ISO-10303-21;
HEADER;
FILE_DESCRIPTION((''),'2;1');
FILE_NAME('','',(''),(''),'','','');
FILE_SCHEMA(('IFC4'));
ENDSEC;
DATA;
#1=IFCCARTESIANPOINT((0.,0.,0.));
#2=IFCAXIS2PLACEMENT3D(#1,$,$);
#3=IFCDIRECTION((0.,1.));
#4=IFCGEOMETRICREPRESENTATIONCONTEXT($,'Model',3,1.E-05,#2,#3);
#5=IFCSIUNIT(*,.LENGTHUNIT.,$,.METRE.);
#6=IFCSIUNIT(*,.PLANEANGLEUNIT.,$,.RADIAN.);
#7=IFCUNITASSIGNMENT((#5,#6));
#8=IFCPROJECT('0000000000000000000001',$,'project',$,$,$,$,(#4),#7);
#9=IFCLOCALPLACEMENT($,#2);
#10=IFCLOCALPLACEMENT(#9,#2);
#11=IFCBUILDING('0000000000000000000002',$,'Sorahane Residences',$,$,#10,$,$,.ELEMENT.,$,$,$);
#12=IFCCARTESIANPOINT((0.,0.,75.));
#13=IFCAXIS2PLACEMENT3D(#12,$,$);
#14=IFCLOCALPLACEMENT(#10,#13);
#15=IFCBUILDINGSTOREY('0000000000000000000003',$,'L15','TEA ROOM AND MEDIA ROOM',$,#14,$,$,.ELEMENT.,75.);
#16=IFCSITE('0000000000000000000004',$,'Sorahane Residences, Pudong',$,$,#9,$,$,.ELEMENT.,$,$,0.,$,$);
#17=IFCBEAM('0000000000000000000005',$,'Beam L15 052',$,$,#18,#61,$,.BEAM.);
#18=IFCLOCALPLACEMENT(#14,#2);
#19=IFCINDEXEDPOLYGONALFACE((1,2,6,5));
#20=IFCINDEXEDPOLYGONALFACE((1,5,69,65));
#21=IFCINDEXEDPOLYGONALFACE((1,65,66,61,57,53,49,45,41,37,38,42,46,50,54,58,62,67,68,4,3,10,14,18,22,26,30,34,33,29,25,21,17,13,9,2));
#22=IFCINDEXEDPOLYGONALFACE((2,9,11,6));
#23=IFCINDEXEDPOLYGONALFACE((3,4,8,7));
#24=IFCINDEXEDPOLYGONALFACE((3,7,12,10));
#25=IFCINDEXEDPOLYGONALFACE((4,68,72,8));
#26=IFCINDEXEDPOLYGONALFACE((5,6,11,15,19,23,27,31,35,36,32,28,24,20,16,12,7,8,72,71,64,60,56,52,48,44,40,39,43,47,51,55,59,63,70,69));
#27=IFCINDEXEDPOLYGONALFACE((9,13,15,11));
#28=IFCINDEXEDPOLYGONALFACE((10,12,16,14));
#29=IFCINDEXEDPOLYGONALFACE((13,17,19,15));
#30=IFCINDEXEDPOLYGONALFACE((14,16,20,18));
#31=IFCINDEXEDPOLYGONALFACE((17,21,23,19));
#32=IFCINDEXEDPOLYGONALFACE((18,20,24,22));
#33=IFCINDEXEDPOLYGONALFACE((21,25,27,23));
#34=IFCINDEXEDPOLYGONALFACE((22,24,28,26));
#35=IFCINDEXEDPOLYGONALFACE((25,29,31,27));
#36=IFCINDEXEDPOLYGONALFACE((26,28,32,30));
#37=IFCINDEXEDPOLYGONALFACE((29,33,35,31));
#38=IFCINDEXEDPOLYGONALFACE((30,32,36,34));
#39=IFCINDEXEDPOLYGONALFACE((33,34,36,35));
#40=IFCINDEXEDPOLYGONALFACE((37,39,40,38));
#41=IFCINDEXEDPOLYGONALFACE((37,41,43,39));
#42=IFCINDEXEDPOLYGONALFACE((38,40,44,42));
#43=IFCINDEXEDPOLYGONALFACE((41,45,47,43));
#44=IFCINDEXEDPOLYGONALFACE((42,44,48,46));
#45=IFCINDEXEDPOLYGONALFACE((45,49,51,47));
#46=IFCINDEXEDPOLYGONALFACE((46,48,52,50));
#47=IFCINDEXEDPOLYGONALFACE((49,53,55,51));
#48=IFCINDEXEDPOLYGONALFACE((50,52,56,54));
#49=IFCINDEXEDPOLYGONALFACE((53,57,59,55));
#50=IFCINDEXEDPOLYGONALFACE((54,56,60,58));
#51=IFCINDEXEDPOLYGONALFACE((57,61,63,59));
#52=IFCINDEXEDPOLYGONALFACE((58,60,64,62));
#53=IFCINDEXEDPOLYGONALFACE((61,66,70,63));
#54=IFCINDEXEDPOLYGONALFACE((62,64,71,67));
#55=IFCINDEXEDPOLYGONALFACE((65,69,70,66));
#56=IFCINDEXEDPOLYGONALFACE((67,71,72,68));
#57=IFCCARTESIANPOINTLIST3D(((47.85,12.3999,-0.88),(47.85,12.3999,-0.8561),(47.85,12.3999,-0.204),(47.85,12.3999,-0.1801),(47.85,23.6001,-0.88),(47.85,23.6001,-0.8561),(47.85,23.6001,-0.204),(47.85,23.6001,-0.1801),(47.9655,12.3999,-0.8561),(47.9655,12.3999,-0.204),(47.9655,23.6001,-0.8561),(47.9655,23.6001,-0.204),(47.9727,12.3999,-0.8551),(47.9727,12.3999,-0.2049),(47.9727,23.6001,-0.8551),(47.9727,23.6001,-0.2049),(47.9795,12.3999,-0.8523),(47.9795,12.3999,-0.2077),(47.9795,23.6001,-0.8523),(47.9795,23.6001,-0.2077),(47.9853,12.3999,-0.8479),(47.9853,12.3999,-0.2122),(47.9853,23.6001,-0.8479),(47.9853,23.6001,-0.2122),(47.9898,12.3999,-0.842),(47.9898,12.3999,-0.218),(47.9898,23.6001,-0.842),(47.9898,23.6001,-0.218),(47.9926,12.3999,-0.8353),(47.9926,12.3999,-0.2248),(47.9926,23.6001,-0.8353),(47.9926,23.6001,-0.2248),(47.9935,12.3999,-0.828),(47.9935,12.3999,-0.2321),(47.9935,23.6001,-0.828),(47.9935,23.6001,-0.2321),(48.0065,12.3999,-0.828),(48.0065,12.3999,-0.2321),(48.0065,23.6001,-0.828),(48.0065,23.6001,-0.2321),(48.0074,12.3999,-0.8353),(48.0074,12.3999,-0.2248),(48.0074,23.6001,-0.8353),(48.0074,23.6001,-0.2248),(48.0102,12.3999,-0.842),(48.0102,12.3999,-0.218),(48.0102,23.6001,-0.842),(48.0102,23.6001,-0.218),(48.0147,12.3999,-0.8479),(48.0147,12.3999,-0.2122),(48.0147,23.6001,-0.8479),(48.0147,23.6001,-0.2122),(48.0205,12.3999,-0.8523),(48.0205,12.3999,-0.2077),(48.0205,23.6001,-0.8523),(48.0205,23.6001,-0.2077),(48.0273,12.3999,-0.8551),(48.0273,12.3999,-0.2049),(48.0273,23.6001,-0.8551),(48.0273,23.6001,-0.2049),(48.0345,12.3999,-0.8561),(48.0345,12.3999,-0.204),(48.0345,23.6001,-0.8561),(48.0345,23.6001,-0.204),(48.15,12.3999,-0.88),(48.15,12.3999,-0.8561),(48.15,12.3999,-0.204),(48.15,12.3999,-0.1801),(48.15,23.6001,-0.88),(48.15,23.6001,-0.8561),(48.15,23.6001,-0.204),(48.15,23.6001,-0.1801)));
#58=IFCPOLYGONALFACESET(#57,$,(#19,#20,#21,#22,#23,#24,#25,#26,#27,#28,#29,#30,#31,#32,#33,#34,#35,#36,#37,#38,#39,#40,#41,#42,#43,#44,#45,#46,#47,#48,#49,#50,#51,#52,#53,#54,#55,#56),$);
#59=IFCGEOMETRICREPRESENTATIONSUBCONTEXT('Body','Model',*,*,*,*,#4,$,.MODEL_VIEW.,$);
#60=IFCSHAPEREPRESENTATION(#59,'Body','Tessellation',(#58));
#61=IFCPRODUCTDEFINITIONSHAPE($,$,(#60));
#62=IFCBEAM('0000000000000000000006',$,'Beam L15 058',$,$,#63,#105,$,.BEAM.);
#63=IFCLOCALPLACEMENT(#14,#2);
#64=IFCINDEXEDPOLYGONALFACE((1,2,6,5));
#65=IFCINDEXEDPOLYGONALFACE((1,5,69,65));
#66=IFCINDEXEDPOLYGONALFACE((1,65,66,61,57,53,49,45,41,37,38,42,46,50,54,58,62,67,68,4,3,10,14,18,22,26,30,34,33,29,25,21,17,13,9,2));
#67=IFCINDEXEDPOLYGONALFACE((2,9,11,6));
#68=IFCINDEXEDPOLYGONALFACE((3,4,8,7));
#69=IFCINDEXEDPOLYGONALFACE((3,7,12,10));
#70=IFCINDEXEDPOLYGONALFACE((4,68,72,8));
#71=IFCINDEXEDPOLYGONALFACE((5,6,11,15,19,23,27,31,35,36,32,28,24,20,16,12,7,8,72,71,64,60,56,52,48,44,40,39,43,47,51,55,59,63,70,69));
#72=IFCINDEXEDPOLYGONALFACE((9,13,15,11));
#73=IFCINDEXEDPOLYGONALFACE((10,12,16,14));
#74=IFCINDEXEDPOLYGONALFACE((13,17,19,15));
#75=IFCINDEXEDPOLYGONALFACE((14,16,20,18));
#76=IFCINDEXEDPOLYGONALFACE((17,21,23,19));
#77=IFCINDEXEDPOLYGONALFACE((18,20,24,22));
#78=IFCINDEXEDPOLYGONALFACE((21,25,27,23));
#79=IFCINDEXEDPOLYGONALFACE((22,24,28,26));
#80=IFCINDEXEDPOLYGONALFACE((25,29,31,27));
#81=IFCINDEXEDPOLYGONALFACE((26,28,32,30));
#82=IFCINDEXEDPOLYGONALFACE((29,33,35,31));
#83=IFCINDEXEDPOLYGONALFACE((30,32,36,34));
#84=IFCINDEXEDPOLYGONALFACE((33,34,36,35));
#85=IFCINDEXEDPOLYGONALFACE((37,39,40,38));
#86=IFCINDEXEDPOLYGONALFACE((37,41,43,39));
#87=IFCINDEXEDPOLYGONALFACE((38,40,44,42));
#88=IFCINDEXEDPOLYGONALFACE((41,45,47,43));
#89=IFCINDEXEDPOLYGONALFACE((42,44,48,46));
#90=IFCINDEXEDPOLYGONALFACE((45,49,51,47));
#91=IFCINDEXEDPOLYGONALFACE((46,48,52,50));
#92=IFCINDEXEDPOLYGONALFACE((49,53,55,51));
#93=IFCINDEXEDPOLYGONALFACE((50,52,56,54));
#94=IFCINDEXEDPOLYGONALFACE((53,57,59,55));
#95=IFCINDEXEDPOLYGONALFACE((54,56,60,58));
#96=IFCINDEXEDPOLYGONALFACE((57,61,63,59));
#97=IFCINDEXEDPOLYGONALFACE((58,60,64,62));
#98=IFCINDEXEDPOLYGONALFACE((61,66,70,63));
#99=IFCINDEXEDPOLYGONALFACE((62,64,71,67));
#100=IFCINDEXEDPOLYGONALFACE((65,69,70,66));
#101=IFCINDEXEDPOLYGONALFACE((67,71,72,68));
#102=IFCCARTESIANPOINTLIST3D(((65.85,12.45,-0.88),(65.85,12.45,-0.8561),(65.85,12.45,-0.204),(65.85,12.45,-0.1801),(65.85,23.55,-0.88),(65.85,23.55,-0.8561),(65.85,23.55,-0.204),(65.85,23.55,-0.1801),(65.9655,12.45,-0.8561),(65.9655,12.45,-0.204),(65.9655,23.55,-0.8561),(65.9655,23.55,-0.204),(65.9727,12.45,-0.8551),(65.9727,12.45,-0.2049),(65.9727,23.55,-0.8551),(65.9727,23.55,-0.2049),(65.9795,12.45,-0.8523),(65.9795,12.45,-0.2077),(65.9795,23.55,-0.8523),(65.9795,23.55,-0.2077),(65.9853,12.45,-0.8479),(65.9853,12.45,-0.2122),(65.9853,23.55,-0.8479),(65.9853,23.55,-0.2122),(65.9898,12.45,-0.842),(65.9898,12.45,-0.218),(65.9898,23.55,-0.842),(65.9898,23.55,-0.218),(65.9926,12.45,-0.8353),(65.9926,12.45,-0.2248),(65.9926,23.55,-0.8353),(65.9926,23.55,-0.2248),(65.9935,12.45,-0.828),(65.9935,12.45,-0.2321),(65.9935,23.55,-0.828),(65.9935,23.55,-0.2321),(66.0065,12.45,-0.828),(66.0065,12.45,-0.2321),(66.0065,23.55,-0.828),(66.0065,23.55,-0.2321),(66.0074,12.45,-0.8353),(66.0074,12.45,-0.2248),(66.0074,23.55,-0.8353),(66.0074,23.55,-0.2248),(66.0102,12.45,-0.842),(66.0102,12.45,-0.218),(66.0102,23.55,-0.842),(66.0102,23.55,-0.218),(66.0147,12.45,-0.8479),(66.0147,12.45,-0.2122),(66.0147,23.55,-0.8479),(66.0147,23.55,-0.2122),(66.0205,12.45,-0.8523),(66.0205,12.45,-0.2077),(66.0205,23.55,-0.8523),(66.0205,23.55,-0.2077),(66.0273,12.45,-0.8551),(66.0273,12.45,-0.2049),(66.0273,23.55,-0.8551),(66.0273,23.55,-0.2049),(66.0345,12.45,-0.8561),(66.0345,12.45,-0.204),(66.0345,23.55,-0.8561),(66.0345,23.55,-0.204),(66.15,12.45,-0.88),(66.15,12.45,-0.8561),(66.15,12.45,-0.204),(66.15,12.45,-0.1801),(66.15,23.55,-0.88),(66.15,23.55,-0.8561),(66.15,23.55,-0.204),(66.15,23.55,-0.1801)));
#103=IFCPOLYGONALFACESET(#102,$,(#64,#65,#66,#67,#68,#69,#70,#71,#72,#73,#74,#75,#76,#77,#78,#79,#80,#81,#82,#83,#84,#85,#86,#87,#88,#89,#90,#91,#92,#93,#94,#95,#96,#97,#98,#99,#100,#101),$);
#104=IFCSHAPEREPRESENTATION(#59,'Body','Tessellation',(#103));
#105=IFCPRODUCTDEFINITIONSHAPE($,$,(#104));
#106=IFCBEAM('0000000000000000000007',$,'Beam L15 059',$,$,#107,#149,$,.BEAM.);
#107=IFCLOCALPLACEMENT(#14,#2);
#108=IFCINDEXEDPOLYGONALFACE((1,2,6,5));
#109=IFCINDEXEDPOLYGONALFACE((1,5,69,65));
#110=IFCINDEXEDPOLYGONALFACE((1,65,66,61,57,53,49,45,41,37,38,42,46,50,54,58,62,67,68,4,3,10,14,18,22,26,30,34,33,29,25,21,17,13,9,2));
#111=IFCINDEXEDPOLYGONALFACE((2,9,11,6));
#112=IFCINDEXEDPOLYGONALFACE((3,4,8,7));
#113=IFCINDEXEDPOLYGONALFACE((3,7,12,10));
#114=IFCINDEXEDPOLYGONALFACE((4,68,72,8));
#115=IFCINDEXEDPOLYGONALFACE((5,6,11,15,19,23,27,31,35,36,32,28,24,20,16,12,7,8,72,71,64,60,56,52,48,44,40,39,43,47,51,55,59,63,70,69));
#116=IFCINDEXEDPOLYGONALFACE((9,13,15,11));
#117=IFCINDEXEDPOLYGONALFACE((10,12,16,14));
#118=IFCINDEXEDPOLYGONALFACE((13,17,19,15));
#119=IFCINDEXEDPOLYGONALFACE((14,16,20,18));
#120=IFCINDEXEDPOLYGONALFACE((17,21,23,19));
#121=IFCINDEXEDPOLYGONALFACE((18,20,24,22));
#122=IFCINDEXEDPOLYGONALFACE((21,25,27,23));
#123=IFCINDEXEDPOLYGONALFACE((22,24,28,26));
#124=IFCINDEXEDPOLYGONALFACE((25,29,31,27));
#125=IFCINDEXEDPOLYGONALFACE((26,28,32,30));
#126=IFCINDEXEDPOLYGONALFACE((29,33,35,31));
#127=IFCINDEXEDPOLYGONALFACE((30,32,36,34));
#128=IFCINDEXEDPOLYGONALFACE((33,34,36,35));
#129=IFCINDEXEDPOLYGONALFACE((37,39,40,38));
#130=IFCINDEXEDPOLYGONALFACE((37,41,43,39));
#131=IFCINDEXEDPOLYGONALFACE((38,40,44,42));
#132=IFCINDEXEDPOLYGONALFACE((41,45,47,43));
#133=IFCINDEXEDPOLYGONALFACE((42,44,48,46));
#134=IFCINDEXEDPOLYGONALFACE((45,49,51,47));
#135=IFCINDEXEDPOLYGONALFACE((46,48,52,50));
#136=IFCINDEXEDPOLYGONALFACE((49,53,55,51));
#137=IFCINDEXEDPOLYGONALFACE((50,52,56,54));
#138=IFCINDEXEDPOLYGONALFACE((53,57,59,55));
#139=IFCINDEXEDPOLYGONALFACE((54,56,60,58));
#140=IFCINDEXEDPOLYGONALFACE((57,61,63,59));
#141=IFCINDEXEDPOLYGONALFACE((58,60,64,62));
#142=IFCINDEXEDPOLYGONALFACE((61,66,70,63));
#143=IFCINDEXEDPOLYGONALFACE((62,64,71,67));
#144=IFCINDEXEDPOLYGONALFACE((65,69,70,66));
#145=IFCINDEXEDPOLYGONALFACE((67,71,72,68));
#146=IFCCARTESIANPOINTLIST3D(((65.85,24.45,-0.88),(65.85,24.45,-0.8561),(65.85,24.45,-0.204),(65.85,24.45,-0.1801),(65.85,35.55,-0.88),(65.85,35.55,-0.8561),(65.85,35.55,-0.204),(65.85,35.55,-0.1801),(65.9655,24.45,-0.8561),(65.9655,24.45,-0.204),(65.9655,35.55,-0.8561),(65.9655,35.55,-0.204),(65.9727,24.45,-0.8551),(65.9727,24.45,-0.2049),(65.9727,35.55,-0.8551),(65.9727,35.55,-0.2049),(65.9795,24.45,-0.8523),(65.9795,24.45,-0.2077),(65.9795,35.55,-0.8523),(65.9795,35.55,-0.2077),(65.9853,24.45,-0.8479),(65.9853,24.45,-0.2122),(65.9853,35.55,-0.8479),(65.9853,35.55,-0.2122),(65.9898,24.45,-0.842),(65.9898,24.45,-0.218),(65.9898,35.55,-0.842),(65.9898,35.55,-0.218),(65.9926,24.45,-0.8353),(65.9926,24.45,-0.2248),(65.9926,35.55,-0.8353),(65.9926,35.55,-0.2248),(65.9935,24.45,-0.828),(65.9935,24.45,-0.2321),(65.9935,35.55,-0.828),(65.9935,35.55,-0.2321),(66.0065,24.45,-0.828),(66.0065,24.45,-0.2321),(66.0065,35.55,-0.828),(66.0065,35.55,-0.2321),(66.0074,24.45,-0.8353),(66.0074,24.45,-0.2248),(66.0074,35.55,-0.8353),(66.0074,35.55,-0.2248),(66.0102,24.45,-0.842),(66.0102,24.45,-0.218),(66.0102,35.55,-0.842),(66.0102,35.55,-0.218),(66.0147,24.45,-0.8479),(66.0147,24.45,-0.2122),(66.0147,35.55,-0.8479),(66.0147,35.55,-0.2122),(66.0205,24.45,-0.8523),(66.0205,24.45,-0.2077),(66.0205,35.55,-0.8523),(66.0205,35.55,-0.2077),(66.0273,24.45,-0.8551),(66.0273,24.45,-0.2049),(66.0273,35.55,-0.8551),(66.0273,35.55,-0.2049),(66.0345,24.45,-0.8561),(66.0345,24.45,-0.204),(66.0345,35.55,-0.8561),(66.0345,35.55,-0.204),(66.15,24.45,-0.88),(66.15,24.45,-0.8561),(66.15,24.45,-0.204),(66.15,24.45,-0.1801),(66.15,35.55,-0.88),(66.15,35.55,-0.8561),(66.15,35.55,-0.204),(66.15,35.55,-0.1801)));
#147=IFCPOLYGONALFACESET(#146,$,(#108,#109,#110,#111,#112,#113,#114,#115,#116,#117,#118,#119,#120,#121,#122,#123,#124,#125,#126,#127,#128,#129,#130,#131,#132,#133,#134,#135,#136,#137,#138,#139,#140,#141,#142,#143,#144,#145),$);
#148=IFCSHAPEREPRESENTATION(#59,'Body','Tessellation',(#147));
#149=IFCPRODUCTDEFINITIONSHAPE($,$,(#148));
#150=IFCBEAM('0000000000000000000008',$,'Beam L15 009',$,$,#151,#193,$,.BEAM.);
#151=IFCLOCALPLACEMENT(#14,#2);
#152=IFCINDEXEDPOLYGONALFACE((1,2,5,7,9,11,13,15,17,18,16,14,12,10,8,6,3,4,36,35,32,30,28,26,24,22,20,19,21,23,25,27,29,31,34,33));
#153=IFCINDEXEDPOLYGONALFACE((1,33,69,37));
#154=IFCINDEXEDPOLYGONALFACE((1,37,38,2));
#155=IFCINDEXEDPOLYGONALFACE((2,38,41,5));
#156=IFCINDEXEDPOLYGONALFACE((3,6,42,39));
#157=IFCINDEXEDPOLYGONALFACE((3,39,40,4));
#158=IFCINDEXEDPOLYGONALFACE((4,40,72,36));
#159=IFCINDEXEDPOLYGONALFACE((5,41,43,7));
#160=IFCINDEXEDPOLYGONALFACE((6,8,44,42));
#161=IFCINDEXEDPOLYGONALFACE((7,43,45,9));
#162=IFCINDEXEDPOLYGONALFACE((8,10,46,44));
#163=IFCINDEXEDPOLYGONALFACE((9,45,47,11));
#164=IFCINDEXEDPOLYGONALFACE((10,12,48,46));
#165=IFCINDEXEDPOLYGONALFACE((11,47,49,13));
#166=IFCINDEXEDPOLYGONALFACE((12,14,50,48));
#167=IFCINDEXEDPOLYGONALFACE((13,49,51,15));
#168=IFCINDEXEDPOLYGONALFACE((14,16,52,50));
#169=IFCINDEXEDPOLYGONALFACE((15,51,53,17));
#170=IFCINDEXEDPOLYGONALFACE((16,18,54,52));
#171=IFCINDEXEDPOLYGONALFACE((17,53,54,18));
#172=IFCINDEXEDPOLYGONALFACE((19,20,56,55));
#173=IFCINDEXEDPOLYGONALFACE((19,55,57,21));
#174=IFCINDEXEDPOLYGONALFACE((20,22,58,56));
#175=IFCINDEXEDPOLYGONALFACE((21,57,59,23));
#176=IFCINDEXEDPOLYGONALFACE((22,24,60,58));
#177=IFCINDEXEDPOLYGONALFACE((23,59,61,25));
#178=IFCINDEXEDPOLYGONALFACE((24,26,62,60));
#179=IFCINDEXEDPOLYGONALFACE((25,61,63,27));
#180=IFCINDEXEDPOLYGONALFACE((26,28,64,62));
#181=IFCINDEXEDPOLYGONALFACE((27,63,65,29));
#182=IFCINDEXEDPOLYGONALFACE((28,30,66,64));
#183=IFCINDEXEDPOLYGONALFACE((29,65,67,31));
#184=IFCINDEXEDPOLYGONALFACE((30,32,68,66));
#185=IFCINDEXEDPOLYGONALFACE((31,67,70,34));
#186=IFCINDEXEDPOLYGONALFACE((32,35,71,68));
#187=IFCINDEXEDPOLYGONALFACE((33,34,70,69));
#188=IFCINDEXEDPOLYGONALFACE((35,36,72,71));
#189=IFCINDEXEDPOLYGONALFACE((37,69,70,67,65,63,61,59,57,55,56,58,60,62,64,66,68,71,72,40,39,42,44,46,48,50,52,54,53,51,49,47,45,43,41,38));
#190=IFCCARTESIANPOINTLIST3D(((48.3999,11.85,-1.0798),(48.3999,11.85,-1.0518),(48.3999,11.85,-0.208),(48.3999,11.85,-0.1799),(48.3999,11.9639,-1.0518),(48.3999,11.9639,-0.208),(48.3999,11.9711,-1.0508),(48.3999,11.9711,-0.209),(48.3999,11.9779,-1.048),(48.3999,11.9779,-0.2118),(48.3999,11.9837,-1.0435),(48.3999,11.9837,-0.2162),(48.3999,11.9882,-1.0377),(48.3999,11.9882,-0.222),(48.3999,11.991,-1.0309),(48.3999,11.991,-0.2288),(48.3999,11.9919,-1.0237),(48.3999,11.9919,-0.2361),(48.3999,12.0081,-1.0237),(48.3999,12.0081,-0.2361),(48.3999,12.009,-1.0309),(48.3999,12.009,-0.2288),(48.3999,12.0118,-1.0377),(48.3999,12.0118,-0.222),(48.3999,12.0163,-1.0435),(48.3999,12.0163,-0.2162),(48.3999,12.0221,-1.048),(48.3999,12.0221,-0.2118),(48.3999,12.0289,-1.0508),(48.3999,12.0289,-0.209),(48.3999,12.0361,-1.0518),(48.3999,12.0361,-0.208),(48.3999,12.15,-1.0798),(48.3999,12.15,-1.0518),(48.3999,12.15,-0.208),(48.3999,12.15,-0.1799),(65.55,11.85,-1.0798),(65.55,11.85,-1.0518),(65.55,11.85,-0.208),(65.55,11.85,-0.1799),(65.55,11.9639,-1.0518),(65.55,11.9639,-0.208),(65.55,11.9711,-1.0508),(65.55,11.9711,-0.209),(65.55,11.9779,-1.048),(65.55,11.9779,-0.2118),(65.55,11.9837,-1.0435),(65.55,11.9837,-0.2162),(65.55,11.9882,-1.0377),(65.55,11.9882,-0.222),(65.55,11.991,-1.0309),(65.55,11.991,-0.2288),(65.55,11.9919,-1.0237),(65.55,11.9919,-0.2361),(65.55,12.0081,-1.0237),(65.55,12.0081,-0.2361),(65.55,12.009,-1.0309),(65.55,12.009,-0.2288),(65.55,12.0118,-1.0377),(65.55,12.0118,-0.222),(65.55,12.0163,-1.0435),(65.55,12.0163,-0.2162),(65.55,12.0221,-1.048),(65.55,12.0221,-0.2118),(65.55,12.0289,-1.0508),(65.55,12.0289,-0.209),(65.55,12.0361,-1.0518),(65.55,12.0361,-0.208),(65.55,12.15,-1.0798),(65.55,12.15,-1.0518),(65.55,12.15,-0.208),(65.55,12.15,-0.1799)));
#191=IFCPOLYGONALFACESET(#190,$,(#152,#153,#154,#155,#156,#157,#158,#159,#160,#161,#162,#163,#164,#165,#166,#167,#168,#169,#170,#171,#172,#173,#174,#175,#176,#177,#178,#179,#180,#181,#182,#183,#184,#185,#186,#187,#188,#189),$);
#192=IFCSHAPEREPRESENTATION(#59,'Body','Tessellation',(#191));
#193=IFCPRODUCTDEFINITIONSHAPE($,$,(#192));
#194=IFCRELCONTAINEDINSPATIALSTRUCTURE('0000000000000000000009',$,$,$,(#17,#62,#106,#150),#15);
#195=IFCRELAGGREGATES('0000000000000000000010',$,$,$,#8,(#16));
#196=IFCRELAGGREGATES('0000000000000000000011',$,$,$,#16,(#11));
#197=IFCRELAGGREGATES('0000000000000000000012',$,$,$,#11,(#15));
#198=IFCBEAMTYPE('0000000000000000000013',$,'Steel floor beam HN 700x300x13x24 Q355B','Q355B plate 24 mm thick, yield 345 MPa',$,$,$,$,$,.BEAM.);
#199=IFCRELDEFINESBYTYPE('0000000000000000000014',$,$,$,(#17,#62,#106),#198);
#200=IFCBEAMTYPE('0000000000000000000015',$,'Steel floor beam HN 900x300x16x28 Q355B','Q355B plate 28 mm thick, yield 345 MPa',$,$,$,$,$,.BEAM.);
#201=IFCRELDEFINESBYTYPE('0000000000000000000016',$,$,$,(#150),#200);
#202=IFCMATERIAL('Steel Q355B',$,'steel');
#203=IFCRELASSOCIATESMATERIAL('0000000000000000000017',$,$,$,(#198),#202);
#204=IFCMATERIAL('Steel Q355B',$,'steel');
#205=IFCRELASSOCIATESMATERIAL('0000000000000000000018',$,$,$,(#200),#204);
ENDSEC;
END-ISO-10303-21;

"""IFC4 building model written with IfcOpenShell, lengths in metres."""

from ifc_helpers import new_model, si_unit, direction, frame, origin, origin_2d, place, context, subcontext, project, spatial, i_section, extrude, material, material_profile, profile_set, type_object, element, save


model = new_model("IFC4")

# Units and contexts
model_context = context("Model", 3, precision=1e-05, world=origin(), true_north=direction((0.0, 1.0)))
body_context = subcontext(model_context, "Body", "Model", "MODEL_VIEW")
ifc_project = project(units=[si_unit("LENGTHUNIT", "METRE"), si_unit("PLANEANGLEUNIT", "RADIAN")], contexts=[model_context])

# Site, building, storey
site_placement = place(None, origin())
site = spatial("IfcSite", under=ifc_project, at=site_placement, Name="Sorahane Residences, Pudong", CompositionType="ELEMENT", RefElevation=0.0)
building_placement = place(site_placement, origin())
building = spatial("IfcBuilding", under=site, at=building_placement, Name="Sorahane Residences", CompositionType="ELEMENT")
storey_placement = place(building_placement, frame((0.0, 0.0, 75.0)))
storey = spatial("IfcBuildingStorey", under=building, at=storey_placement, Name="L15", Description="TEA ROOM AND MEDIA ROOM", CompositionType="ELEMENT", Elevation=75.0)

# Beams
ifc_material_1 = material(Name="Steel Q355B", Category="steel")
ifc_material_profile_1 = material_profile(ifc_material_1, i_section(OverallWidth=0.3, OverallDepth=0.7, WebThickness=0.0129, FlangeThickness=0.0239, FilletRadius=0.0281, at=origin_2d()), Name="HN 700x300x13x24")
ifc_profile_set_1 = profile_set([ifc_material_profile_1], Name="Steel Q355B")
beam_type_1 = type_object("IfcBeamType", Name="Steel floor beam HN 700x300x13x24 Q355B", Description="Q355B plate 24 mm thick, yield 345 MPa", PredefinedType="BEAM", material=ifc_profile_set_1)
beam_1_placement = place(storey_placement, frame((48.0, 12.3999, -0.53), z_axis=(0.0, 1.0, 0.0), x_axis=(-1.0, 0.0, 0.0)))
element("IfcBeam", 1, at=beam_1_placement, inside=storey, type_object=beam_type_1, Name="Beam L15 052", PredefinedType="BEAM", context=body_context, shape_type="SweptSolid", body=[
    extrude(i_section(OverallWidth=0.3, OverallDepth=0.7, WebThickness=0.0129, FlangeThickness=0.0239, FilletRadius=0.0281, at=origin_2d()), origin(), (0.0, 0.0, 1.0), 11.2002),
])
for number, where, z_axis, x_axis, name in (
    (2, (66.0, 12.45, -0.53), (0.0, 1.0, 0.0), (-1.0, 0.0, 0.0), "Beam L15 058"),
    (3, (66.0, 24.45, -0.53), (0.0, 1.0, 0.0), (-1.0, 0.0, 0.0), "Beam L15 059"),
):
    element("IfcBeam", number, at=place(storey_placement, frame(where, z_axis=z_axis, x_axis=x_axis)), inside=storey, type_object=beam_type_1, Name=name, PredefinedType="BEAM", context=body_context, shape_type="SweptSolid", body=[
        extrude(i_section(OverallWidth=0.3, OverallDepth=0.7, WebThickness=0.0129, FlangeThickness=0.0239, FilletRadius=0.0281, at=origin_2d()), origin(), (0.0, 0.0, 1.0), 11.1001),
    ])
ifc_material_2 = material(Name="Steel Q355B", Category="steel")
ifc_material_profile_2 = material_profile(ifc_material_2, i_section(OverallWidth=0.3, OverallDepth=0.8999, WebThickness=0.0161, FlangeThickness=0.0281, FilletRadius=0.0281, at=origin_2d()), Name="HN 900x300x16x28")
ifc_profile_set_2 = profile_set([ifc_material_profile_2], Name="Steel Q355B")
beam_type_2 = type_object("IfcBeamType", Name="Steel floor beam HN 900x300x16x28 Q355B", Description="Q355B plate 28 mm thick, yield 345 MPa", PredefinedType="BEAM", material=ifc_profile_set_2)
for number, where, z_axis, x_axis, name in (
    (4, (48.3999, 12.0, -0.6299), (1.0, 0.0, 0.0), (0.0, 1.0, 0.0), "Beam L15 009"),
):
    element("IfcBeam", number, at=place(storey_placement, frame(where, z_axis=z_axis, x_axis=x_axis)), inside=storey, type_object=beam_type_2, Name=name, PredefinedType="BEAM", context=body_context, shape_type="SweptSolid", body=[
        extrude(i_section(OverallWidth=0.3, OverallDepth=0.8999, WebThickness=0.0161, FlangeThickness=0.0281, FilletRadius=0.0281, at=origin_2d()), origin(), (0.0, 0.0, 1.0), 17.1501),
    ])

save(model, "model.ifc")
